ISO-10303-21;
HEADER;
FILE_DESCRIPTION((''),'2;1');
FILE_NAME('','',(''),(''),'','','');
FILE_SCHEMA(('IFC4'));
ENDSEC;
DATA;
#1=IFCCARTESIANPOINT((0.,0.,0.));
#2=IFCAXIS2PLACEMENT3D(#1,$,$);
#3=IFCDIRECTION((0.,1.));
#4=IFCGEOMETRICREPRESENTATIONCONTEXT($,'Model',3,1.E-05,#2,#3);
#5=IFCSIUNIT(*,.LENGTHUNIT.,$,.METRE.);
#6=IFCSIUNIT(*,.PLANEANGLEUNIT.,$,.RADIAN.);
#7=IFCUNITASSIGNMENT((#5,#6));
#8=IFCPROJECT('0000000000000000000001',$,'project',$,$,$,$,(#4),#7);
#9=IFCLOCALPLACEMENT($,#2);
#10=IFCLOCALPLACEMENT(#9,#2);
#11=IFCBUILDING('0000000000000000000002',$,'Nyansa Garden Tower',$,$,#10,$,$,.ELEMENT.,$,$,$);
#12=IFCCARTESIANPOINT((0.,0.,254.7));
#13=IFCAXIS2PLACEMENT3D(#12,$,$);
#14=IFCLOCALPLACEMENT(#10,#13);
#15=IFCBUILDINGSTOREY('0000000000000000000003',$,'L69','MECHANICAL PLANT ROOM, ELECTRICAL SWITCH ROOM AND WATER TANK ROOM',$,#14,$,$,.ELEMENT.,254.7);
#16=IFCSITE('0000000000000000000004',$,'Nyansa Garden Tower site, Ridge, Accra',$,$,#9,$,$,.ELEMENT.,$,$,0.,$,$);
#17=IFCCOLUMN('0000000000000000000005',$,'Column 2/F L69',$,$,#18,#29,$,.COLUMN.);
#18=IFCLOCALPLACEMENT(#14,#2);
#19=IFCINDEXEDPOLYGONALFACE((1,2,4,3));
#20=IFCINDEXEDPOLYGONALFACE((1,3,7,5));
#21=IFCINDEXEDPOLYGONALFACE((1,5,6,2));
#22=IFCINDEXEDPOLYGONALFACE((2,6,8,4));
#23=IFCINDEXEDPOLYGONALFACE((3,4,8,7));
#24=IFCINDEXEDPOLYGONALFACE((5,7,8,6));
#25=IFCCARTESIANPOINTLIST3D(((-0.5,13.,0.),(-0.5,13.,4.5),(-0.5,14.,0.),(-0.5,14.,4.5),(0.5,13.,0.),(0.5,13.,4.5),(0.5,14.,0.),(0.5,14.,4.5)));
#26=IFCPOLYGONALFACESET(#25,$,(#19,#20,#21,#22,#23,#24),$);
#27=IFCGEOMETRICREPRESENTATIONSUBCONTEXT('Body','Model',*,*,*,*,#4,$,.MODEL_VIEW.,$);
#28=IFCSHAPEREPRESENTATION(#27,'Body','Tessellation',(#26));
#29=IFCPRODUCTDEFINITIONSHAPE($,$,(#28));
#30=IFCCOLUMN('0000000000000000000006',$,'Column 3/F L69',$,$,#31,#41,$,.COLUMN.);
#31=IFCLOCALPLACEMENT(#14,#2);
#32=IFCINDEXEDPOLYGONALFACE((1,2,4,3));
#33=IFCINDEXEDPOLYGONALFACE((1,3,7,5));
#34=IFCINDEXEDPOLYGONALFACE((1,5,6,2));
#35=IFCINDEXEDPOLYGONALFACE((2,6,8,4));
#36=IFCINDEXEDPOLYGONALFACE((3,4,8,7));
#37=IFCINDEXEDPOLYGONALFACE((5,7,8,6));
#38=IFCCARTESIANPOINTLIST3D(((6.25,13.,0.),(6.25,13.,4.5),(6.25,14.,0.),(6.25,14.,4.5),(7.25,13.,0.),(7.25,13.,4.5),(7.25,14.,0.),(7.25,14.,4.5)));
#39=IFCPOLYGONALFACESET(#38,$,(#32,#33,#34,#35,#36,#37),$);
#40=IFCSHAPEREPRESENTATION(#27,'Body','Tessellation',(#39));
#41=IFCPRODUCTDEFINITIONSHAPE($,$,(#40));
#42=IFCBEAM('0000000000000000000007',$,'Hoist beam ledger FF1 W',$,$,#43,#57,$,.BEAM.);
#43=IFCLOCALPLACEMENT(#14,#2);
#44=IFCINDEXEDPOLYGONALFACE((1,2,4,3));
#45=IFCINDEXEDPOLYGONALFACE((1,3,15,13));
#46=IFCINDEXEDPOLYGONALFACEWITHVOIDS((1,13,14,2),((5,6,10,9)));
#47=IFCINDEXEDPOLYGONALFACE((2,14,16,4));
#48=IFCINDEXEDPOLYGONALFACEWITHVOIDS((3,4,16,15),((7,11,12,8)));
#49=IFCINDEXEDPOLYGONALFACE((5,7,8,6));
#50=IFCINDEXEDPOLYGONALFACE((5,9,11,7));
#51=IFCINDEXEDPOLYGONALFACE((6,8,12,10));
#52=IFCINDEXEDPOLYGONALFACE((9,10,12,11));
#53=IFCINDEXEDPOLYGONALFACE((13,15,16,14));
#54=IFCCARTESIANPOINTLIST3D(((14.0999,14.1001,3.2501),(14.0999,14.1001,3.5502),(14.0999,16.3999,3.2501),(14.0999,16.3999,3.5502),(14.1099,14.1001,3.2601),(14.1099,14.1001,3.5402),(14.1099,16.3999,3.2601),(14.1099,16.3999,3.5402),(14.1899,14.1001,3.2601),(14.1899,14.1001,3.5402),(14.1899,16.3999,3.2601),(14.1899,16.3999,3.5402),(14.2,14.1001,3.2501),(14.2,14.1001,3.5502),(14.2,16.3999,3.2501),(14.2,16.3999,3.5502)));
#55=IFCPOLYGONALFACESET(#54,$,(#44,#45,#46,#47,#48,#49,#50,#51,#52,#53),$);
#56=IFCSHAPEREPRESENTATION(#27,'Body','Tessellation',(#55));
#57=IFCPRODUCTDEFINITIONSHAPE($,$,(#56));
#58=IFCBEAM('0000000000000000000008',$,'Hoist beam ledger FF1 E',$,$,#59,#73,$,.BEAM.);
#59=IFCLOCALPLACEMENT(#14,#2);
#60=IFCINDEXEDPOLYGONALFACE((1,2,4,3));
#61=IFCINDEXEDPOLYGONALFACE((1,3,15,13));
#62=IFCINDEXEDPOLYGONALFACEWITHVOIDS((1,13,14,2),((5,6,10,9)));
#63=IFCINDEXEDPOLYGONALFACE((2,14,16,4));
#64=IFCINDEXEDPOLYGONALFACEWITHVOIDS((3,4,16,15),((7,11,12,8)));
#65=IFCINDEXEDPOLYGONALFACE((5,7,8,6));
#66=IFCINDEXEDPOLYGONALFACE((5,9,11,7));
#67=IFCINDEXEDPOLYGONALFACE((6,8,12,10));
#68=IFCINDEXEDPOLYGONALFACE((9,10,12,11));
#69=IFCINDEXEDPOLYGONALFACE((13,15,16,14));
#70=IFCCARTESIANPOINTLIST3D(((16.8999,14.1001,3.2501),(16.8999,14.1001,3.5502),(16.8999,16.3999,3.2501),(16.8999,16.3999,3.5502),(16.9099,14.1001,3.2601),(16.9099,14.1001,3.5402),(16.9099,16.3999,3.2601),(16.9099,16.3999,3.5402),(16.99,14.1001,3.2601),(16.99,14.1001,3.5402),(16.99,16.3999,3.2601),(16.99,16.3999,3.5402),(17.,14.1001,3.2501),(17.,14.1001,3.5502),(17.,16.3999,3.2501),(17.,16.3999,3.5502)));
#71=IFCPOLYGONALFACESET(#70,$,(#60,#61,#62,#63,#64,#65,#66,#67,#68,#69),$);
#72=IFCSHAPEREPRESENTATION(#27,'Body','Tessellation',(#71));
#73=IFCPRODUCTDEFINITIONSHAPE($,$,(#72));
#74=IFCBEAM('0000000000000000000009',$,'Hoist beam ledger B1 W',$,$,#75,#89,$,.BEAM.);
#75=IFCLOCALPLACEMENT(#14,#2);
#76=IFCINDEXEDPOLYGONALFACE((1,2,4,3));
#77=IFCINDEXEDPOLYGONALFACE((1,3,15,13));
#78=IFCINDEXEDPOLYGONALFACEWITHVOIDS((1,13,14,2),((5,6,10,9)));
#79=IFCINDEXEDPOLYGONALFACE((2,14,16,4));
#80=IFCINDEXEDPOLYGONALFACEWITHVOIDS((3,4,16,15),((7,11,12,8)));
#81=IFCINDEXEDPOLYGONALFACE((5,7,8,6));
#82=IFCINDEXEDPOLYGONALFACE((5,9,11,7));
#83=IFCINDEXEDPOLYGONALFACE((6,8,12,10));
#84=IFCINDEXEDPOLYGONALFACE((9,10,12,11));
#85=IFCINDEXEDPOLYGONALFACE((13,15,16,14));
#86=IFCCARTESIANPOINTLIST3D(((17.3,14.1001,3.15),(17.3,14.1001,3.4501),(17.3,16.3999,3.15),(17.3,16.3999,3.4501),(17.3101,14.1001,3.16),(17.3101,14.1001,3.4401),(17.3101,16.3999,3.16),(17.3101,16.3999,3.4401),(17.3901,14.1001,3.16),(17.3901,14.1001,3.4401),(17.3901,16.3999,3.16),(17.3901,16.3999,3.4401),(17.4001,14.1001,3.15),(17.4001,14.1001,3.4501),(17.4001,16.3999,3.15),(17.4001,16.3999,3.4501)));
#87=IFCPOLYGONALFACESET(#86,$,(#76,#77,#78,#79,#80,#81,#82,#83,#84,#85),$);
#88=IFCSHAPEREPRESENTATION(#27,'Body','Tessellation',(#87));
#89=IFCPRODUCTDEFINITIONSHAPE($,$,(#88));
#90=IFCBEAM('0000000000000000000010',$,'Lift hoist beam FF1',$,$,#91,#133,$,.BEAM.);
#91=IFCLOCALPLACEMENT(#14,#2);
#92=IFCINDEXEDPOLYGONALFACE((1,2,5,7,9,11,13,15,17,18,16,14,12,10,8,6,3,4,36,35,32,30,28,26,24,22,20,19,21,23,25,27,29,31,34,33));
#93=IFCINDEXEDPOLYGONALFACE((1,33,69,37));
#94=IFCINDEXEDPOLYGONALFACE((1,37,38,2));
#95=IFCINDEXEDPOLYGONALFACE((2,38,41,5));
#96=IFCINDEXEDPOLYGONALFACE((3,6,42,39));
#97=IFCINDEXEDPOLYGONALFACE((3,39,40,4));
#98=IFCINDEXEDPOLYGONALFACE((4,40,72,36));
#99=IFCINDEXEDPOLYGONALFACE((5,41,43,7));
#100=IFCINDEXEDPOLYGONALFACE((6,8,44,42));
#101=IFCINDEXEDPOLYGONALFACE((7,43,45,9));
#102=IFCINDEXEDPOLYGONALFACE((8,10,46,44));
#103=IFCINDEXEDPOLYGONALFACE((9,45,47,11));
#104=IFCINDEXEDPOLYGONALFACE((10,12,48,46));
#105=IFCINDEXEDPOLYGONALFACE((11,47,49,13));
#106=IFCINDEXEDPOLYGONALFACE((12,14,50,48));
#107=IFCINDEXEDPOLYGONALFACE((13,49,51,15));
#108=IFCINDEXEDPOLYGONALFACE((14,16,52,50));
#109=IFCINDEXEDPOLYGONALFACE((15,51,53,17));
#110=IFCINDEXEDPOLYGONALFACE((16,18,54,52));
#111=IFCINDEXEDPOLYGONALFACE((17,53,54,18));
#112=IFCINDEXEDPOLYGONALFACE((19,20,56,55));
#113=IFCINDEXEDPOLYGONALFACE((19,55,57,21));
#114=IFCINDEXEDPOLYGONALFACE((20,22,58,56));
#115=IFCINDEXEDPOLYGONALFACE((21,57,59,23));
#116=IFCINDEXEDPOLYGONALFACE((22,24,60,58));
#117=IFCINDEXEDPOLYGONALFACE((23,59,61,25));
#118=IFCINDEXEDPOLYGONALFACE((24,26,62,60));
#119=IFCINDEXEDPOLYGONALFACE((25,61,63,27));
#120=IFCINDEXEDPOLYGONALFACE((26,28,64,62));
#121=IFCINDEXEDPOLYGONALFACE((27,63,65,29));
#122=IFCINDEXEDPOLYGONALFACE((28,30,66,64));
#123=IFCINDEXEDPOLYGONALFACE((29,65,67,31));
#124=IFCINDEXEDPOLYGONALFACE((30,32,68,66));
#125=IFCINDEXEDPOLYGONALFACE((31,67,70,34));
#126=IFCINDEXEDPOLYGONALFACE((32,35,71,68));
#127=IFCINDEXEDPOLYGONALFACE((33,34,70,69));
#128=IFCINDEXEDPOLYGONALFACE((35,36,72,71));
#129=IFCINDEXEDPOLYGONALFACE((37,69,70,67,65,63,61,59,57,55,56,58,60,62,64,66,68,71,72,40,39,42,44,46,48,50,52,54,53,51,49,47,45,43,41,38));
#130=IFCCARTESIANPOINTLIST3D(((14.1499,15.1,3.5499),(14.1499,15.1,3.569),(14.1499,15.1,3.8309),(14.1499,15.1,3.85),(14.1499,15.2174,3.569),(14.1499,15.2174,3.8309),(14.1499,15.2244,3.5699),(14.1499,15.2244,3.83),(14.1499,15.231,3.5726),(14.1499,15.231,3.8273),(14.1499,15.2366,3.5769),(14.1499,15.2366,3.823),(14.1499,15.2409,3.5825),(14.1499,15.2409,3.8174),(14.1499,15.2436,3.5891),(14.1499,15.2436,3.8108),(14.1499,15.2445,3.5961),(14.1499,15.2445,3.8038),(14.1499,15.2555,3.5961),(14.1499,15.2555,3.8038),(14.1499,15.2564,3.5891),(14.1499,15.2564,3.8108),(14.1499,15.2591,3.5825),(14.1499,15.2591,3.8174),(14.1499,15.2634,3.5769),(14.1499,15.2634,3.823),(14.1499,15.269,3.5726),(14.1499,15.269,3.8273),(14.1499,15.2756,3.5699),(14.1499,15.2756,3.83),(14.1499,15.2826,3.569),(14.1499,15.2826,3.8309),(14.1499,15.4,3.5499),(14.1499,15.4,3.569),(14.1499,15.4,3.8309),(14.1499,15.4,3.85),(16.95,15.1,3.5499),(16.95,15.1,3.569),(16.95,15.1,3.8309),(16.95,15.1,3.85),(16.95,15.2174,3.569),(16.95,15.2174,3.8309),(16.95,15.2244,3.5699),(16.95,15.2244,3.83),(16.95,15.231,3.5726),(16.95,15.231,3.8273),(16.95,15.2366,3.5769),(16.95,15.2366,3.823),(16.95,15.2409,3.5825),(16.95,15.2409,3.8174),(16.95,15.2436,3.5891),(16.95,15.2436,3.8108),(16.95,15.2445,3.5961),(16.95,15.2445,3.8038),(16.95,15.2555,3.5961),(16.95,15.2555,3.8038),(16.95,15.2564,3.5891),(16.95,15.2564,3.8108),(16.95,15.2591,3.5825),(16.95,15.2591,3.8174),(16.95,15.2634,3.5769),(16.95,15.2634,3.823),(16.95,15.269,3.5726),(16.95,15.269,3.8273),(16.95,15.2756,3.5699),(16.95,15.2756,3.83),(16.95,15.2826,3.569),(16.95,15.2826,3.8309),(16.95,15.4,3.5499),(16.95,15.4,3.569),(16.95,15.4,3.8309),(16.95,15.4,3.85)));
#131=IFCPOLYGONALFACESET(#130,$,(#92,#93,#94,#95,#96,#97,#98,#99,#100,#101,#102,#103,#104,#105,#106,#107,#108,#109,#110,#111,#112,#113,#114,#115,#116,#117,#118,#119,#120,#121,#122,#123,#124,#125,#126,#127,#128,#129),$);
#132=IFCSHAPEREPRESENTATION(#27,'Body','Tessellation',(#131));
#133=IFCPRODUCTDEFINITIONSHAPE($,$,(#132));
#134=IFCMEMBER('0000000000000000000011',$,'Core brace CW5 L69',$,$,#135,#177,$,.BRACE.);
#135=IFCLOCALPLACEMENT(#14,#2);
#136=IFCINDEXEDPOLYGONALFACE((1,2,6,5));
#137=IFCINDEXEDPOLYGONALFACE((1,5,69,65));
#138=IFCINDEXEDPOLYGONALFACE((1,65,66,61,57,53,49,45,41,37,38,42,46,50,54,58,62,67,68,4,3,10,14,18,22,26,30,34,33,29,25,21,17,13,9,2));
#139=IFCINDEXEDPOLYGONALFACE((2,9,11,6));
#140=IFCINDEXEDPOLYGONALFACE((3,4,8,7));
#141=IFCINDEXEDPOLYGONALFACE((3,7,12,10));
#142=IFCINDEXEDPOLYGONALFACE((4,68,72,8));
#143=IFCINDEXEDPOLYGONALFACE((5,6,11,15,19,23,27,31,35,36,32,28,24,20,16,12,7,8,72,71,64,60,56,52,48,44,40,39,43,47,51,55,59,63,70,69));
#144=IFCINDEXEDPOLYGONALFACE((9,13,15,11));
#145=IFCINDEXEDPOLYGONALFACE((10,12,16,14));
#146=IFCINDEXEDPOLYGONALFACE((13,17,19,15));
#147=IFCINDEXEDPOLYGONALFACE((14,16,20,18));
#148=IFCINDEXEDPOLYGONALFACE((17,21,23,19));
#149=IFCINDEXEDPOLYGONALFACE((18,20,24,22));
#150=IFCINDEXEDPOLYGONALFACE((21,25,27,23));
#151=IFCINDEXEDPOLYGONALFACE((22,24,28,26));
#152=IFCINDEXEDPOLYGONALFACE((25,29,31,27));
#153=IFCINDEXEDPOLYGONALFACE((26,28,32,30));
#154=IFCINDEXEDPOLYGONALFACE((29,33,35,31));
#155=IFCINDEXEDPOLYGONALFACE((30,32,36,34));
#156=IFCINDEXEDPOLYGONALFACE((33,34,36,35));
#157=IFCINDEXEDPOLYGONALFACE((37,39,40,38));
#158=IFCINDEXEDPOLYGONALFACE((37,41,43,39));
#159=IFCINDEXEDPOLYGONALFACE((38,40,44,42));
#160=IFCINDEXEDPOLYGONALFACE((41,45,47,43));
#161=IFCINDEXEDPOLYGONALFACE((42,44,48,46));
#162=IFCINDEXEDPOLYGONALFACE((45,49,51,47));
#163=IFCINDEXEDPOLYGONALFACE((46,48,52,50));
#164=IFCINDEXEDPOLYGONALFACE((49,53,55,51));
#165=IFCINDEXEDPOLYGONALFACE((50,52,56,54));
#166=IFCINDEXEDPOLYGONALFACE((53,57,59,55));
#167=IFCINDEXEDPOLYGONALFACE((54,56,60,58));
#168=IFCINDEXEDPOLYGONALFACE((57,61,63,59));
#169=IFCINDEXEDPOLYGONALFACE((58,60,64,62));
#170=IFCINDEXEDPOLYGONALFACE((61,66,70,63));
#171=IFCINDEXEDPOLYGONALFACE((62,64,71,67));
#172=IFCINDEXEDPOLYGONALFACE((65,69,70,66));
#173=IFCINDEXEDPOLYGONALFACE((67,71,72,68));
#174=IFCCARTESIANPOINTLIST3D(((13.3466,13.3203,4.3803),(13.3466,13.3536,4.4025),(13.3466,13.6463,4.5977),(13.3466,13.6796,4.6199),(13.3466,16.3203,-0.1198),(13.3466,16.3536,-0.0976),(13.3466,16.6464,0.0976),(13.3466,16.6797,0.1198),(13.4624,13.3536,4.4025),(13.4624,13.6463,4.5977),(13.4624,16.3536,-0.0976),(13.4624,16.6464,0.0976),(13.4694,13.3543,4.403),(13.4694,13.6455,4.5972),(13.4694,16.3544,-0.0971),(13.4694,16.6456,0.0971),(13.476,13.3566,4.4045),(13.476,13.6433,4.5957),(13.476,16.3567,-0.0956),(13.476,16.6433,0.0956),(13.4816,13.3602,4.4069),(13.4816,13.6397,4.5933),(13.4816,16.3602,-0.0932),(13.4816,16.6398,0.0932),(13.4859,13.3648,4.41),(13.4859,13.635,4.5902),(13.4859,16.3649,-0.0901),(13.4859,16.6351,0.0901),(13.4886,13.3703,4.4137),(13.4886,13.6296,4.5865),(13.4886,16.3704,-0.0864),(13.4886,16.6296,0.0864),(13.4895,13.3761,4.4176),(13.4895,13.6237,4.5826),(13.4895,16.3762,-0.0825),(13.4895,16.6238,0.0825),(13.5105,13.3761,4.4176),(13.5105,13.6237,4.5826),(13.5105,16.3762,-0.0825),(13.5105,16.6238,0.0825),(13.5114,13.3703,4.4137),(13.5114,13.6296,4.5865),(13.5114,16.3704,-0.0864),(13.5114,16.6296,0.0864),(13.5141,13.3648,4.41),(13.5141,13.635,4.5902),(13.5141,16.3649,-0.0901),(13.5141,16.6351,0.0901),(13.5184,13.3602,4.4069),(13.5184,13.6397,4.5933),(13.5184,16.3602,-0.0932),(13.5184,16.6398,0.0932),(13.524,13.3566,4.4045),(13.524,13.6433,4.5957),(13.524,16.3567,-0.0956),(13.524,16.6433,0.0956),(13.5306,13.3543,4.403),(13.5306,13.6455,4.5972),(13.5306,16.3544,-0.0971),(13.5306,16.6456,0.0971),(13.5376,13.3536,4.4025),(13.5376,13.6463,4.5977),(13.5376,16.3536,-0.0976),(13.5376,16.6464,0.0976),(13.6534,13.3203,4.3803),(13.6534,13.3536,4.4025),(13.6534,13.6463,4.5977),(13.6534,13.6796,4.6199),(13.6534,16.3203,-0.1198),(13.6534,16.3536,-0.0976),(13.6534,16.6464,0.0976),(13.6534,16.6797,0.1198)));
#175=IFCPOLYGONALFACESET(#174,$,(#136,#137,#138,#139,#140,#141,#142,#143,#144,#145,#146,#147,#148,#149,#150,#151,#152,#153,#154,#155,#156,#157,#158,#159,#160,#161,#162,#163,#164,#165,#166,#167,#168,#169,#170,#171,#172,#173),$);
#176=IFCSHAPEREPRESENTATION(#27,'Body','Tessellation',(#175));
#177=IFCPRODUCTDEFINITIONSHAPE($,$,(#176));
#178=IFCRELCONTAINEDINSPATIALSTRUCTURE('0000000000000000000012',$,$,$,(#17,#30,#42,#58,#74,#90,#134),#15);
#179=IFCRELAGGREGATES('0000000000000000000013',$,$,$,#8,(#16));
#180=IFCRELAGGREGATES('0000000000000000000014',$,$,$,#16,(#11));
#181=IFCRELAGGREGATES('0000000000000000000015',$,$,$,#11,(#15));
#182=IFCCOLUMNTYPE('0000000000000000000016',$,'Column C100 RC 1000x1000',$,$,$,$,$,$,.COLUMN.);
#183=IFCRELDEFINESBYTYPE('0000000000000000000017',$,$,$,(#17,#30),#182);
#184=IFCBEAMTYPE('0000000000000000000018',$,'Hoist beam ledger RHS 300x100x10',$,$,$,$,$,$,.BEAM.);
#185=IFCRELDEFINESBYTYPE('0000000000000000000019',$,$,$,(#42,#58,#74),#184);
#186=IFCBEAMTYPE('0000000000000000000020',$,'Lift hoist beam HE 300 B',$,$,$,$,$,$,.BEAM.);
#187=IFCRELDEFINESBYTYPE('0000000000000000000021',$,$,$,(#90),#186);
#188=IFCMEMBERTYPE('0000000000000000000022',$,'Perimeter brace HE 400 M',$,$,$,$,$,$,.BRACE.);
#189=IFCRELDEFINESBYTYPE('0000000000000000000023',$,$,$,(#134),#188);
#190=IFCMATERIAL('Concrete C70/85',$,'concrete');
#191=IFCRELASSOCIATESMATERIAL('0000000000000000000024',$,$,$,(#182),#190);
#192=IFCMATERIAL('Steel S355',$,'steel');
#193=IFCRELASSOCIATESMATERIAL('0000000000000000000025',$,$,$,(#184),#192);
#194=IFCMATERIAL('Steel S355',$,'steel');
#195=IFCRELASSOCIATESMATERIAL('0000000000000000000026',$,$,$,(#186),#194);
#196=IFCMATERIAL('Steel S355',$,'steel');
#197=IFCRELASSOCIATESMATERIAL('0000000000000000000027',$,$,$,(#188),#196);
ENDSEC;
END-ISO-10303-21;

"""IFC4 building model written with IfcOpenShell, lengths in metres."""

from ifc_helpers import new_model, si_unit, direction, frame, origin, origin_2d, place, context, subcontext, project, spatial, rectangle, hollow_rectangle, i_section, extrude, material, material_profile, profile_set, type_object, element, save


model = new_model("IFC4")

# Units and contexts
model_context = context("Model", 3, precision=1e-05, world=origin(), true_north=direction((0.0, 1.0)))
body_context = subcontext(model_context, "Body", "Model", "MODEL_VIEW")
ifc_project = project(units=[si_unit("LENGTHUNIT", "METRE"), si_unit("PLANEANGLEUNIT", "RADIAN")], contexts=[model_context])

# Site, building, storey
site_placement = place(None, origin())
site = spatial("IfcSite", under=ifc_project, at=site_placement, Name="Nyansa Garden Tower site, Ridge, Accra", CompositionType="ELEMENT", RefElevation=0.0)
building_placement = place(site_placement, origin())
building = spatial("IfcBuilding", under=site, at=building_placement, Name="Nyansa Garden Tower", CompositionType="ELEMENT")
storey_placement = place(building_placement, frame((0.0, 0.0, 254.7)))
storey = spatial("IfcBuildingStorey", under=building, at=storey_placement, Name="L69", Description="MECHANICAL PLANT ROOM, ELECTRICAL SWITCH ROOM AND WATER TANK ROOM", CompositionType="ELEMENT", Elevation=254.7)

# Columns
ifc_material_1 = material(Name="Concrete C70/85", Category="concrete")
ifc_material_profile_1 = material_profile(ifc_material_1, rectangle(XDim=1.0, YDim=1.0, at=origin_2d()), Name="RC 1000x1000")
ifc_profile_set_1 = profile_set([ifc_material_profile_1], Name="Concrete C70/85")
column_type = type_object("IfcColumnType", Name="Column C100 RC 1000x1000", PredefinedType="COLUMN", material=ifc_profile_set_1)
for number, where, z_axis, x_axis, name in (
    (1, (0.0, 13.5, 0.0), (0.0, 0.0, 1.0), (1.0, 0.0, 0.0), "Column 2/F L69"),
    (2, (6.75, 13.5, 0.0), (0.0, 0.0, 1.0), (1.0, 0.0, 0.0), "Column 3/F L69"),
):
    element("IfcColumn", number, at=place(storey_placement, frame(where, z_axis=z_axis, x_axis=x_axis)), inside=storey, type_object=column_type, Name=name, PredefinedType="COLUMN", context=body_context, shape_type="SweptSolid", body=[
        extrude(rectangle(XDim=1.0, YDim=1.0, at=origin_2d()), origin(), (0.0, 0.0, 1.0), 4.5),
    ])

# Beams
ifc_material_2 = material(Name="Steel S355", Category="steel")
ifc_material_profile_2 = material_profile(ifc_material_2, hollow_rectangle(XDim=0.1001, YDim=0.3, WallThickness=0.01, at=origin_2d()), Name="RHS 300x100x10")
ifc_profile_set_2 = profile_set([ifc_material_profile_2], Name="Steel S355")
beam_type_1 = type_object("IfcBeamType", Name="Hoist beam ledger RHS 300x100x10", PredefinedType="BEAM", material=ifc_profile_set_2)
for number, where, z_axis, x_axis, name in (
    (3, (14.1499, 14.1001, 3.4001), (0.0, 1.0, 0.0), (-1.0, 0.0, 0.0), "Hoist beam ledger FF1 W"),
    (4, (16.95, 14.1001, 3.4001), (0.0, 1.0, 0.0), (-1.0, 0.0, 0.0), "Hoist beam ledger FF1 E"),
    (5, (17.3501, 14.1001, 3.3), (0.0, 1.0, 0.0), (-1.0, 0.0, 0.0), "Hoist beam ledger B1 W"),
):
    element("IfcBeam", number, at=place(storey_placement, frame(where, z_axis=z_axis, x_axis=x_axis)), inside=storey, type_object=beam_type_1, Name=name, PredefinedType="BEAM", context=body_context, shape_type="SweptSolid", body=[
        extrude(hollow_rectangle(XDim=0.1001, YDim=0.3, WallThickness=0.01, at=origin_2d()), origin(), (0.0, 0.0, 1.0), 2.2998),
    ])
ifc_material_3 = material(Name="Steel S355", Category="steel")
ifc_material_profile_3 = material_profile(ifc_material_3, i_section(OverallWidth=0.3, OverallDepth=0.3, WebThickness=0.011, FlangeThickness=0.019, FilletRadius=0.0271, at=origin_2d()), Name="HE 300 B")
ifc_profile_set_3 = profile_set([ifc_material_profile_3], Name="Steel S355")
beam_type_2 = type_object("IfcBeamType", Name="Lift hoist beam HE 300 B", PredefinedType="BEAM", material=ifc_profile_set_3)
beam_1_placement = place(storey_placement, frame((14.1499, 15.25, 3.7), z_axis=(1.0, 0.0, 0.0), x_axis=(0.0, 1.0, 0.0)))
element("IfcBeam", 6, at=beam_1_placement, inside=storey, type_object=beam_type_2, Name="Lift hoist beam FF1", PredefinedType="BEAM", context=body_context, shape_type="SweptSolid", body=[
    extrude(i_section(OverallWidth=0.3, OverallDepth=0.3, WebThickness=0.011, FlangeThickness=0.019, FilletRadius=0.0271, at=origin_2d()), origin(), (0.0, 0.0, 1.0), 2.8),
])

# Member
ifc_material_4 = material(Name="Steel S355", Category="steel")
ifc_material_profile_4 = material_profile(ifc_material_4, i_section(OverallWidth=0.3069, OverallDepth=0.4319, WebThickness=0.021, FlangeThickness=0.04, FilletRadius=0.0271, at=origin_2d()), Name="HE 400 M")
ifc_profile_set_4 = profile_set([ifc_material_profile_4], Name="Steel S355")
member_type = type_object("IfcMemberType", Name="Perimeter brace HE 400 M", PredefinedType="BRACE", material=ifc_profile_set_4)
member_1_placement = place(storey_placement, frame((13.5, 16.5, 0.0), z_axis=(0.0, -0.5547, 0.83205), x_axis=(1.0, 0.0, 0.0)))
element("IfcMember", 7, at=member_1_placement, inside=storey, type_object=member_type, Name="Core brace CW5 L69", PredefinedType="BRACE", context=body_context, shape_type="SweptSolid", body=[
    extrude(i_section(OverallWidth=0.3069, OverallDepth=0.4319, WebThickness=0.021, FlangeThickness=0.04, FilletRadius=0.0271, at=origin_2d()), origin(), (0.0, 0.0, 1.0), 5.4084),
])

save(model, "model.ifc")
